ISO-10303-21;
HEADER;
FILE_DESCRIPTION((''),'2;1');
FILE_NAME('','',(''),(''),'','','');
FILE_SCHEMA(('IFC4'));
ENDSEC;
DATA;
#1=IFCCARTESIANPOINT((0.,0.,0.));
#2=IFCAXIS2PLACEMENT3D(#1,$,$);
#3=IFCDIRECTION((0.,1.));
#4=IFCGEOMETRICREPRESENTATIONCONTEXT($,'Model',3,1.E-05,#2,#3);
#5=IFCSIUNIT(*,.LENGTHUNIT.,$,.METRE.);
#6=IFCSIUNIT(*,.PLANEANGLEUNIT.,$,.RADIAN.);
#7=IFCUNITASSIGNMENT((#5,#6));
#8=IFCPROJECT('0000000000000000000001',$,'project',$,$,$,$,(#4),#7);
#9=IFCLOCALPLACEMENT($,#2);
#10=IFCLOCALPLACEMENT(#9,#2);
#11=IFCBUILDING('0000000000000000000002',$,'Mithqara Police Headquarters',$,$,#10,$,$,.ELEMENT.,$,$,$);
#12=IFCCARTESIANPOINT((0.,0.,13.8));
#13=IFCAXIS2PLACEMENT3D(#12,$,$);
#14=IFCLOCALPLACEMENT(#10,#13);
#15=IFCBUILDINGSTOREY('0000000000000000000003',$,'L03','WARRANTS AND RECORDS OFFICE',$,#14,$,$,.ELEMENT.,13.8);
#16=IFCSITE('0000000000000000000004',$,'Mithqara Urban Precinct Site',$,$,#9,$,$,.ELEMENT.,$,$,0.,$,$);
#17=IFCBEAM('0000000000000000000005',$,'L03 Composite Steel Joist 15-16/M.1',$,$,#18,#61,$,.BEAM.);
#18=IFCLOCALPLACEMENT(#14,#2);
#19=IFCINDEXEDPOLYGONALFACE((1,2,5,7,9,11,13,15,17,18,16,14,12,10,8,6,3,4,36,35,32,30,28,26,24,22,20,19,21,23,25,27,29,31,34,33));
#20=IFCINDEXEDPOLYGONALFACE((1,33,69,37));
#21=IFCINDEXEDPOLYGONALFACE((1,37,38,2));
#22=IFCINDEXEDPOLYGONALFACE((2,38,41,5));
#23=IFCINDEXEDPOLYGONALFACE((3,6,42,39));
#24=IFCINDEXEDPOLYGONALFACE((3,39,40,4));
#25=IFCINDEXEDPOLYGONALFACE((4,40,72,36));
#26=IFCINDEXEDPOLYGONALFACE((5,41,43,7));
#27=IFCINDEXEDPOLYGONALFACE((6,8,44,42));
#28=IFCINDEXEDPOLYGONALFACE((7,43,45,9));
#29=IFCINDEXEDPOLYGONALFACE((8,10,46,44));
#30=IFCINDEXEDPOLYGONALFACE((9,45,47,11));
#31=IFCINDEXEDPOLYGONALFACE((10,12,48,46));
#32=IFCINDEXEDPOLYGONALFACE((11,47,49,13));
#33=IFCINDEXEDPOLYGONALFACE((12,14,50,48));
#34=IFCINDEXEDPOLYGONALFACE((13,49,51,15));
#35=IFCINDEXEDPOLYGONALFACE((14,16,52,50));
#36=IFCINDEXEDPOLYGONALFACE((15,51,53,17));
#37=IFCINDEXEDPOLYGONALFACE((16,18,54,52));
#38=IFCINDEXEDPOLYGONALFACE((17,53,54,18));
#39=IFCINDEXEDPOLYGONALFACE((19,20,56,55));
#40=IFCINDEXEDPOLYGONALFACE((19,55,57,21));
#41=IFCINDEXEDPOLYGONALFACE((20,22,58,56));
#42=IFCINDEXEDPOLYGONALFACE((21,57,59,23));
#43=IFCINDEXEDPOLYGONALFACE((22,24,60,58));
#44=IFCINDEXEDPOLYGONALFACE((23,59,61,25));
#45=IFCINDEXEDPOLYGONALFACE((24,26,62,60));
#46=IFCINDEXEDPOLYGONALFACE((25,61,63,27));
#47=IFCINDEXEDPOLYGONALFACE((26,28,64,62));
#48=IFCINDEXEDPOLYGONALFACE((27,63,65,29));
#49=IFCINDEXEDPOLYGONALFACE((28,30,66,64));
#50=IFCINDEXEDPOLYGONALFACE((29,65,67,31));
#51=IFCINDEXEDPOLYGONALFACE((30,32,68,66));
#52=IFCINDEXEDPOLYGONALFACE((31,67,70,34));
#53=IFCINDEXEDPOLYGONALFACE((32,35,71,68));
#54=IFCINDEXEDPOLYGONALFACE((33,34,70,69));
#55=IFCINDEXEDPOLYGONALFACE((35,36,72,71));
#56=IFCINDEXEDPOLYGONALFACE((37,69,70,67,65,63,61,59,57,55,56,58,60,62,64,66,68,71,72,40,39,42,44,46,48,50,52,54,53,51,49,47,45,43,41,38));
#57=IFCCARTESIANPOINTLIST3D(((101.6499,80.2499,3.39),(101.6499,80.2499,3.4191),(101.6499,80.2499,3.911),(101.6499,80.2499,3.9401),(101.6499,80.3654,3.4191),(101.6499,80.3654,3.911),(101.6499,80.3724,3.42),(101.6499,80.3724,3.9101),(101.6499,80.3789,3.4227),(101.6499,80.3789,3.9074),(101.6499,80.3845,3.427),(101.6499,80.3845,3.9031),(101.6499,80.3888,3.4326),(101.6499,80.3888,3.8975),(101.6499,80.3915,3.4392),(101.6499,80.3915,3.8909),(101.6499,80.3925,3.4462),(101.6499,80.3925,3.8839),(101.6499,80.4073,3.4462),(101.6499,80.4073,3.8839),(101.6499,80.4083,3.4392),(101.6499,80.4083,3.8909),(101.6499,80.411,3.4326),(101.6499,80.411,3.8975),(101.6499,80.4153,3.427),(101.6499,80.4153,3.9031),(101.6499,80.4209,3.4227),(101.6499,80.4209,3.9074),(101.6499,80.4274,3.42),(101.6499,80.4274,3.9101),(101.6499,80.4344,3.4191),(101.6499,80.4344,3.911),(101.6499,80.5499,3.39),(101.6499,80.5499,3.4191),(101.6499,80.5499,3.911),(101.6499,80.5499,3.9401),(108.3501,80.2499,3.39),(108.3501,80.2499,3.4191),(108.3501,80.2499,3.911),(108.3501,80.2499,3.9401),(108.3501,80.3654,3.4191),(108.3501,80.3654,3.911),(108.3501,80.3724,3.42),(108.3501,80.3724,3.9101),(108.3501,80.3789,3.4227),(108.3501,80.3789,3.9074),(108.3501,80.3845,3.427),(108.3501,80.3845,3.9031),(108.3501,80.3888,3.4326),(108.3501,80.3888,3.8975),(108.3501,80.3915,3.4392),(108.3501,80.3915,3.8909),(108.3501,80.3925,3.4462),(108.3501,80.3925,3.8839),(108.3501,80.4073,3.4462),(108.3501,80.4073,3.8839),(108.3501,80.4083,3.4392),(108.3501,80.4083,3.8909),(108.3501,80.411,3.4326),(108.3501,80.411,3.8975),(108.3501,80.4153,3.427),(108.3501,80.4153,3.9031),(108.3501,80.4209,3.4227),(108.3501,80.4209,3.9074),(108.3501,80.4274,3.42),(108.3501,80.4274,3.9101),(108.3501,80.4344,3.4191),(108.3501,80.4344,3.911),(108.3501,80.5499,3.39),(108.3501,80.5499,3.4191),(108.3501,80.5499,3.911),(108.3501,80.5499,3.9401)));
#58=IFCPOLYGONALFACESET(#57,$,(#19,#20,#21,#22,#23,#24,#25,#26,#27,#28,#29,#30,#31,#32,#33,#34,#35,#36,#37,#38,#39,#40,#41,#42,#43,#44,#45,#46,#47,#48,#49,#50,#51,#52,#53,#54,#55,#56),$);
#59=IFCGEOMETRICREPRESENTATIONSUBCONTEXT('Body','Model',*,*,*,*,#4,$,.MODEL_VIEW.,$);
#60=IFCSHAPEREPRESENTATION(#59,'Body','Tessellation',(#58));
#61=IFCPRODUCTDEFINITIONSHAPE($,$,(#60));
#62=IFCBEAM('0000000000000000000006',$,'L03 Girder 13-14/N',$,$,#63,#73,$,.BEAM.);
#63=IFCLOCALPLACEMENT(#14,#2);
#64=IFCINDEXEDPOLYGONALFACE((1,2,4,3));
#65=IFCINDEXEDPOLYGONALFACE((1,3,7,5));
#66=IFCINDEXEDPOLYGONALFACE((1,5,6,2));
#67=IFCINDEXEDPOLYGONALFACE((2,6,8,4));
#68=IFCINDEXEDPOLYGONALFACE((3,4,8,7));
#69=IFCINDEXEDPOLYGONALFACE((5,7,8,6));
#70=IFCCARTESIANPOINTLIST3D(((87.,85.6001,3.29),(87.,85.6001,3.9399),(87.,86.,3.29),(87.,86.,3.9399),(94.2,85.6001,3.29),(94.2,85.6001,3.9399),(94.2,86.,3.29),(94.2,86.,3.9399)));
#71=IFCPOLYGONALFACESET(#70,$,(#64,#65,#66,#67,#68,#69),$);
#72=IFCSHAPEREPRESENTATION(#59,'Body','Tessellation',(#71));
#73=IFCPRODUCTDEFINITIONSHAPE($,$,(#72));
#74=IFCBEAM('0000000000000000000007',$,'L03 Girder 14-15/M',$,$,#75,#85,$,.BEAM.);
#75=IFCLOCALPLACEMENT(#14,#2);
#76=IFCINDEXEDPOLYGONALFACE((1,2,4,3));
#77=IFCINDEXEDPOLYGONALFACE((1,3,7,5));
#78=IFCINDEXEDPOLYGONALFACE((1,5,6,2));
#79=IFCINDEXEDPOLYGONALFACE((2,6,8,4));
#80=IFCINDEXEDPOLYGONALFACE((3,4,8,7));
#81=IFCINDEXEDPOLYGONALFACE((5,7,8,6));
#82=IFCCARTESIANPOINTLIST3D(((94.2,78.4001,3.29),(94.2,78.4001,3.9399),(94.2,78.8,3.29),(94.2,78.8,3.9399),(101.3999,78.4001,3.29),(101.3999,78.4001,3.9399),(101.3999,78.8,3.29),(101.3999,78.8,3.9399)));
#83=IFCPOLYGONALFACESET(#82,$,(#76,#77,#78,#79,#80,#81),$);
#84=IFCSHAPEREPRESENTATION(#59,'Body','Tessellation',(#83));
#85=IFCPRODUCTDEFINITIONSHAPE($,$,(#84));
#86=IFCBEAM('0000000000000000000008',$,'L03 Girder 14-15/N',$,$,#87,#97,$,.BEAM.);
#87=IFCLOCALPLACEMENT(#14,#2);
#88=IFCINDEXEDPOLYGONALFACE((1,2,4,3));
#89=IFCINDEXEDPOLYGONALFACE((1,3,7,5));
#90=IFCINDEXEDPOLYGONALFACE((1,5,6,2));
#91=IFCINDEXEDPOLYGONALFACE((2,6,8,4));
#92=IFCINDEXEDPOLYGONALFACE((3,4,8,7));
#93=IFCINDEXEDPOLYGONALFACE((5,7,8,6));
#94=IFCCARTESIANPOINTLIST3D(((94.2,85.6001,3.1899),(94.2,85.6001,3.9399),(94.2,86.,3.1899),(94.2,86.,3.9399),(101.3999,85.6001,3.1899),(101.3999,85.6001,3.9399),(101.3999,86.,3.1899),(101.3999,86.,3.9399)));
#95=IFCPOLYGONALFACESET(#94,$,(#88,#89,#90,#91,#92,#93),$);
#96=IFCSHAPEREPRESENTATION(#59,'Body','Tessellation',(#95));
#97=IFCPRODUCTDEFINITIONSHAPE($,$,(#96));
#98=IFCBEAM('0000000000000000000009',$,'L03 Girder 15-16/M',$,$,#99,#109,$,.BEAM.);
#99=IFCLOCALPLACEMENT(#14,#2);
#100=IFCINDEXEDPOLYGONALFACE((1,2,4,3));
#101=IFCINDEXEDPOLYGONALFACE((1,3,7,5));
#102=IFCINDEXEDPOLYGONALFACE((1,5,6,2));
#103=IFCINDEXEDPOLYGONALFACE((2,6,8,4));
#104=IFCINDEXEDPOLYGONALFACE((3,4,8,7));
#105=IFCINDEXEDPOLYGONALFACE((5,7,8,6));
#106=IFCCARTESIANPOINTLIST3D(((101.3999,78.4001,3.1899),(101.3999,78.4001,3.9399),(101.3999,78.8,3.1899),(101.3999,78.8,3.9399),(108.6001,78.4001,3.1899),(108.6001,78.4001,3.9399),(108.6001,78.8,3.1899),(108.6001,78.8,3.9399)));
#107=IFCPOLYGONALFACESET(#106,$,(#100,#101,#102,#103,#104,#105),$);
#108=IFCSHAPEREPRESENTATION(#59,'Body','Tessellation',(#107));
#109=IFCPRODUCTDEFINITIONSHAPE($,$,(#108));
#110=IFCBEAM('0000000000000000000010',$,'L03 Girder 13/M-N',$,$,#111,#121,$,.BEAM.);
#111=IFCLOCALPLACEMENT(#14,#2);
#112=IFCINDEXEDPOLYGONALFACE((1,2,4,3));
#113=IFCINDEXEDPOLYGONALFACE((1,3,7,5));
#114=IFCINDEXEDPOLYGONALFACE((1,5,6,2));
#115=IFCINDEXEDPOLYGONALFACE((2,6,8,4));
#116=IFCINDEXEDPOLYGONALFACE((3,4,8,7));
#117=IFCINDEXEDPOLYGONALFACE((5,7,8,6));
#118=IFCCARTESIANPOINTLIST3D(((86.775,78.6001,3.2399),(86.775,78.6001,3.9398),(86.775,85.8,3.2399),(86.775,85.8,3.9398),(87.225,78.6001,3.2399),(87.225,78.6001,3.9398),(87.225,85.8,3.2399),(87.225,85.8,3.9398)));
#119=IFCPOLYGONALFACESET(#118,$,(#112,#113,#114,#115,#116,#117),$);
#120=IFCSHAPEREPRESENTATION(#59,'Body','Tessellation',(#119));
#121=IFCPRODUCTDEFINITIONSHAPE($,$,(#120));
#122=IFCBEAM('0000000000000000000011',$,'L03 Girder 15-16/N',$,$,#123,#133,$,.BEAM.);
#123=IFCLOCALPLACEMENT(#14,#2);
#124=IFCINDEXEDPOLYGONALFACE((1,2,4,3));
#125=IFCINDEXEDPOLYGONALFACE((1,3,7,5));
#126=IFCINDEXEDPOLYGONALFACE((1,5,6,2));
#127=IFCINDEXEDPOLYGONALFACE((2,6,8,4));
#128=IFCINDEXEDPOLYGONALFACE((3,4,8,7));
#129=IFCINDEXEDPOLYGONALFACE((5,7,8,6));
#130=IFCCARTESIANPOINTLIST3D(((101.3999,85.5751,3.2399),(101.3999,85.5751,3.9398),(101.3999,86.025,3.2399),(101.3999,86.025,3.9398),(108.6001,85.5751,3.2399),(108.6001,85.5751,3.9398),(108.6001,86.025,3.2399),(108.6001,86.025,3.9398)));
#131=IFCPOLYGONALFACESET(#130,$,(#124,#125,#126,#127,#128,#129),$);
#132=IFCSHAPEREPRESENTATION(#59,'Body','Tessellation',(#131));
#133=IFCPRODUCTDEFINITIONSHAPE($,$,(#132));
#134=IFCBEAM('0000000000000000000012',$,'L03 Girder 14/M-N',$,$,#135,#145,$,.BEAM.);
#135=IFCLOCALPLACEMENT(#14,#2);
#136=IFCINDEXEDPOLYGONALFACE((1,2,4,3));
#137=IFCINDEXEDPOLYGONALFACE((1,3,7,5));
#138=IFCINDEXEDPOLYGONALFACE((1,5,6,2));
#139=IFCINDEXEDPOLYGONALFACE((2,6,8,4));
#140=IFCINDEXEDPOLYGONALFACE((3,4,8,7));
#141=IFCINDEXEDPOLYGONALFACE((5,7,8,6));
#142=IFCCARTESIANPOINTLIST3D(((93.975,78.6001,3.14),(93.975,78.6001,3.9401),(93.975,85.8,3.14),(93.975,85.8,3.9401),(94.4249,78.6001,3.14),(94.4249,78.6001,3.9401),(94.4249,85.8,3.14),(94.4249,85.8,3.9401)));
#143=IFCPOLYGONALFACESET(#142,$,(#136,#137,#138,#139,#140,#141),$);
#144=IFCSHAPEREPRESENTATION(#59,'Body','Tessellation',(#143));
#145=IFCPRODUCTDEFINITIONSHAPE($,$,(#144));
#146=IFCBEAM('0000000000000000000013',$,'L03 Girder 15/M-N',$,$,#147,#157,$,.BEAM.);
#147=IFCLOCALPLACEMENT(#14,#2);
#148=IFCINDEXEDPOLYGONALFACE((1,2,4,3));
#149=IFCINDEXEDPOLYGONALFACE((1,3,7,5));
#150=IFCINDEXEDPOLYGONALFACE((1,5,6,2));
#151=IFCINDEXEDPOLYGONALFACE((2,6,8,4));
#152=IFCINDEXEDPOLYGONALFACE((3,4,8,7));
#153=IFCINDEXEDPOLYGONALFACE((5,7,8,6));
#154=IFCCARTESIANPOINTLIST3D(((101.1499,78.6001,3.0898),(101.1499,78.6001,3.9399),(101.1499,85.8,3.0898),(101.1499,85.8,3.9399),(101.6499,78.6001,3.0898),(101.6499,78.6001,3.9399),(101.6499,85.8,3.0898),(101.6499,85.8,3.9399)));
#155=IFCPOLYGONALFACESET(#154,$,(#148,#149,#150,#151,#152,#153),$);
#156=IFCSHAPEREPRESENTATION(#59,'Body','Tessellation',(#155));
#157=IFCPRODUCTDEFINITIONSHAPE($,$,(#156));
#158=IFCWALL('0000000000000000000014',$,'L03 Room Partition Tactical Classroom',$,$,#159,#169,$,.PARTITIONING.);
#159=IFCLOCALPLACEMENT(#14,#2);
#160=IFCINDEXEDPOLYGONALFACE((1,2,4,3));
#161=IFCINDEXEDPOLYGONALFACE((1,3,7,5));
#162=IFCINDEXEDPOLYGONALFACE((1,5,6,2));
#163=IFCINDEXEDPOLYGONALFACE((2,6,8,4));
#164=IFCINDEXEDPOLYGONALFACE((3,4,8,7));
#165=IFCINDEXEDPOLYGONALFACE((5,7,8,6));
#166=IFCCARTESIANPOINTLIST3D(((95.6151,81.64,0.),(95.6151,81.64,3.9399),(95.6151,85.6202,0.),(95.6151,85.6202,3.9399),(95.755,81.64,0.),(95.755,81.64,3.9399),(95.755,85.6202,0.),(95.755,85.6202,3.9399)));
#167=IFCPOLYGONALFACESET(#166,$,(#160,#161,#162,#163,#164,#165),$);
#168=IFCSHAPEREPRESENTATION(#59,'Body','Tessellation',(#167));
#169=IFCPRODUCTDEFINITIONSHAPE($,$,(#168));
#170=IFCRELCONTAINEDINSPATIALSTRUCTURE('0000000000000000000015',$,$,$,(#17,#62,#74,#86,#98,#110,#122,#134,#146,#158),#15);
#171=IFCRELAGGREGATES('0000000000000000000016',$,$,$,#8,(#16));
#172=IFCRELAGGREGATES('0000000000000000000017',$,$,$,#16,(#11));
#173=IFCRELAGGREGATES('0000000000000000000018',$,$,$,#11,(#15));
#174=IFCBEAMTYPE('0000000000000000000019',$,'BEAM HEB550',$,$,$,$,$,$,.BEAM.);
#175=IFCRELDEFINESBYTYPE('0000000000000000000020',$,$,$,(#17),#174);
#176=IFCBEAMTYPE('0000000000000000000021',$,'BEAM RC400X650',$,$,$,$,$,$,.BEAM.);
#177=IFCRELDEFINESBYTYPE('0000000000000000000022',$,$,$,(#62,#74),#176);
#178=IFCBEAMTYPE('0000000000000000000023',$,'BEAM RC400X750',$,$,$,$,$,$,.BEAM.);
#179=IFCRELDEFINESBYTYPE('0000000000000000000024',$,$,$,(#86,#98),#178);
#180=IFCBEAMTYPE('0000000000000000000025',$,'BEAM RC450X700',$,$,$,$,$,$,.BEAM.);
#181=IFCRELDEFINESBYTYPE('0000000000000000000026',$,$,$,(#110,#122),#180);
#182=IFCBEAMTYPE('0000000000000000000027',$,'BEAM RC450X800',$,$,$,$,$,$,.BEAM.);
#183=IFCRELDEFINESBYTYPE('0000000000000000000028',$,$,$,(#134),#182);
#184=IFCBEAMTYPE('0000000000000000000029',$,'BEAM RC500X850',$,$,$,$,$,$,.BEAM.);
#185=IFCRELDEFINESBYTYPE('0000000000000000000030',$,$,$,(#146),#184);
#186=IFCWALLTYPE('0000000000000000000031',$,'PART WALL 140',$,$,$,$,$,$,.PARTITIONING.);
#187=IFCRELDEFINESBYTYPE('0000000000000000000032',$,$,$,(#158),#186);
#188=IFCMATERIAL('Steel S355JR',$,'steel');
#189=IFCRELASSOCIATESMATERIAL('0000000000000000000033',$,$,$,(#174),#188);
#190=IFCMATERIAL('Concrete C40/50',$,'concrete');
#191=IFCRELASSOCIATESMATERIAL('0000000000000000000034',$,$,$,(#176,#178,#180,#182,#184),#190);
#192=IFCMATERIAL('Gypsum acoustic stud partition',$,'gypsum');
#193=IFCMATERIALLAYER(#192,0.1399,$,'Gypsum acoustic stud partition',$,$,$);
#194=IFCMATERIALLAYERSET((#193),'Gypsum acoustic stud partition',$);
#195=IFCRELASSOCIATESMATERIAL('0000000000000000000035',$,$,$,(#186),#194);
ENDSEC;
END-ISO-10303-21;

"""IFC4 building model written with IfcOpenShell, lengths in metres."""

from ifc_helpers import new_model, si_unit, direction, frame, frame_2d, origin, origin_2d, place, context, subcontext, project, spatial, rectangle, i_section, extrude, material, layer, layer_set, material_profile, profile_set, type_object, element, save


model = new_model("IFC4")

# Units and contexts
model_context = context("Model", 3, precision=1e-05, world=origin(), true_north=direction((0.0, 1.0)))
body_context = subcontext(model_context, "Body", "Model", "MODEL_VIEW")
ifc_project = project(units=[si_unit("LENGTHUNIT", "METRE"), si_unit("PLANEANGLEUNIT", "RADIAN")], contexts=[model_context])

# Site, building, storey
site_placement = place(None, origin())
site = spatial("IfcSite", under=ifc_project, at=site_placement, Name="Mithqara Urban Precinct Site", CompositionType="ELEMENT", RefElevation=0.0)
building_placement = place(site_placement, origin())
building = spatial("IfcBuilding", under=site, at=building_placement, Name="Mithqara Police Headquarters", CompositionType="ELEMENT")
storey_placement = place(building_placement, frame((0.0, 0.0, 13.8)))
storey = spatial("IfcBuildingStorey", under=building, at=storey_placement, Name="L03", Description="WARRANTS AND RECORDS OFFICE", CompositionType="ELEMENT", Elevation=13.8)

# Beams
ifc_material_1 = material(Name="Steel S355JR", Category="steel")
ifc_material_profile_1 = material_profile(ifc_material_1, i_section(OverallWidth=0.3, OverallDepth=0.55, WebThickness=0.0149, FlangeThickness=0.0291, FilletRadius=0.0271, at=origin_2d()), Name="HEB 550")
ifc_profile_set_1 = profile_set([ifc_material_profile_1], Name="Steel S355JR")
beam_type_1 = type_object("IfcBeamType", Name="BEAM HEB550", PredefinedType="BEAM", material=ifc_profile_set_1)
beam_1_placement = place(storey_placement, frame((101.6499, 80.3999, 3.665), z_axis=(1.0, 0.0, 0.0), x_axis=(0.0, 1.0, 0.0)))
element("IfcBeam", 1, at=beam_1_placement, inside=storey, type_object=beam_type_1, Name="L03 Composite Steel Joist 15-16/M.1", PredefinedType="BEAM", context=body_context, shape_type="SweptSolid", body=[
    extrude(i_section(OverallWidth=0.3, OverallDepth=0.55, WebThickness=0.0149, FlangeThickness=0.0291, FilletRadius=0.0271, at=origin_2d()), origin(), (0.0, 0.0, 1.0), 6.7002),
])
ifc_material_2 = material(Name="Concrete C40/50", Category="concrete")
ifc_material_profile_2 = material_profile(ifc_material_2, rectangle(XDim=0.3999, YDim=0.6499, at=origin_2d()), Name="RC 400x650")
ifc_profile_set_2 = profile_set([ifc_material_profile_2], Name="Concrete C40/50")
beam_type_2 = type_object("IfcBeamType", Name="BEAM RC400X650", PredefinedType="BEAM", material=ifc_profile_set_2)
for number, where, z_axis, x_axis, name in (
    (2, (87.0, 85.8, 3.615), (1.0, 0.0, 0.0), (0.0, 1.0, 0.0), "L03 Girder 13-14/N"),
    (3, (94.2, 78.6001, 3.615), (1.0, 0.0, 0.0), (0.0, 1.0, 0.0), "L03 Girder 14-15/M"),
):
    element("IfcBeam", number, at=place(storey_placement, frame(where, z_axis=z_axis, x_axis=x_axis)), inside=storey, type_object=beam_type_2, Name=name, PredefinedType="BEAM", context=body_context, shape_type="SweptSolid", body=[
        extrude(rectangle(XDim=0.3999, YDim=0.6499, at=origin_2d()), origin(), (0.0, 0.0, 1.0), 7.2),
    ])
ifc_material_profile_3 = material_profile(ifc_material_2, rectangle(XDim=0.3999, YDim=0.75, at=origin_2d()), Name="RC 400x750")
ifc_profile_set_3 = profile_set([ifc_material_profile_3], Name="Concrete C40/50")
beam_type_3 = type_object("IfcBeamType", Name="BEAM RC400X750", PredefinedType="BEAM", material=ifc_profile_set_3)
beam_2_placement = place(storey_placement, frame((94.2, 85.8, 3.5649), z_axis=(1.0, 0.0, 0.0), x_axis=(0.0, 1.0, 0.0)))
element("IfcBeam", 4, at=beam_2_placement, inside=storey, type_object=beam_type_3, Name="L03 Girder 14-15/N", PredefinedType="BEAM", context=body_context, shape_type="SweptSolid", body=[
    extrude(rectangle(XDim=0.3999, YDim=0.75, at=origin_2d()), origin(), (0.0, 0.0, 1.0), 7.2),
])
beam_3_placement = place(storey_placement, frame((101.3999, 78.6001, 3.5649), z_axis=(1.0, 0.0, 0.0), x_axis=(0.0, 1.0, 0.0)))
element("IfcBeam", 5, at=beam_3_placement, inside=storey, type_object=beam_type_3, Name="L03 Girder 15-16/M", PredefinedType="BEAM", context=body_context, shape_type="SweptSolid", body=[
    extrude(rectangle(XDim=0.3999, YDim=0.75, at=origin_2d()), origin(), (0.0, 0.0, 1.0), 7.2002),
])
ifc_material_profile_4 = material_profile(ifc_material_2, rectangle(XDim=0.45, YDim=0.7, at=origin_2d()), Name="RC 450x700")
ifc_profile_set_4 = profile_set([ifc_material_profile_4], Name="Concrete C40/50")
beam_type_4 = type_object("IfcBeamType", Name="BEAM RC450X700", PredefinedType="BEAM", material=ifc_profile_set_4)
beam_4_placement = place(storey_placement, frame((87.0, 78.6001, 3.5898), z_axis=(0.0, 1.0, 0.0), x_axis=(-1.0, 0.0, 0.0)))
element("IfcBeam", 6, at=beam_4_placement, inside=storey, type_object=beam_type_4, Name="L03 Girder 13/M-N", PredefinedType="BEAM", context=body_context, shape_type="SweptSolid", body=[
    extrude(rectangle(XDim=0.45, YDim=0.7, at=origin_2d()), origin(), (0.0, 0.0, 1.0), 7.2),
])
beam_5_placement = place(storey_placement, frame((101.3999, 85.8, 3.5898), z_axis=(1.0, 0.0, 0.0), x_axis=(0.0, 1.0, 0.0)))
element("IfcBeam", 7, at=beam_5_placement, inside=storey, type_object=beam_type_4, Name="L03 Girder 15-16/N", PredefinedType="BEAM", context=body_context, shape_type="SweptSolid", body=[
    extrude(rectangle(XDim=0.45, YDim=0.7, at=origin_2d()), origin(), (0.0, 0.0, 1.0), 7.2002),
])
ifc_material_profile_5 = material_profile(ifc_material_2, rectangle(XDim=0.45, YDim=0.8, at=origin_2d()), Name="RC 450x800")
ifc_profile_set_5 = profile_set([ifc_material_profile_5], Name="Concrete C40/50")
beam_type_5 = type_object("IfcBeamType", Name="BEAM RC450X800", PredefinedType="BEAM", material=ifc_profile_set_5)
beam_6_placement = place(storey_placement, frame((94.2, 78.6001, 3.54), z_axis=(0.0, 1.0, 0.0), x_axis=(-1.0, 0.0, 0.0)))
element("IfcBeam", 8, at=beam_6_placement, inside=storey, type_object=beam_type_5, Name="L03 Girder 14/M-N", PredefinedType="BEAM", context=body_context, shape_type="SweptSolid", body=[
    extrude(rectangle(XDim=0.45, YDim=0.8, at=origin_2d()), origin(), (0.0, 0.0, 1.0), 7.2),
])
ifc_material_profile_6 = material_profile(ifc_material_2, rectangle(XDim=0.5, YDim=0.8501, at=origin_2d()), Name="RC 500x850")
ifc_profile_set_6 = profile_set([ifc_material_profile_6], Name="Concrete C40/50")
beam_type_6 = type_object("IfcBeamType", Name="BEAM RC500X850", PredefinedType="BEAM", material=ifc_profile_set_6)
beam_7_placement = place(storey_placement, frame((101.3999, 78.6001, 3.5149), z_axis=(0.0, 1.0, 0.0), x_axis=(-1.0, 0.0, 0.0)))
element("IfcBeam", 9, at=beam_7_placement, inside=storey, type_object=beam_type_6, Name="L03 Girder 15/M-N", PredefinedType="BEAM", context=body_context, shape_type="SweptSolid", body=[
    extrude(rectangle(XDim=0.5, YDim=0.8501, at=origin_2d()), origin(), (0.0, 0.0, 1.0), 7.2),
])

# Wall
ifc_material_3 = material(Name="Gypsum acoustic stud partition", Category="gypsum")
ifc_layer_1 = layer(ifc_material_3, 0.1399, Name="Gypsum acoustic stud partition")
ifc_layer_set_1 = layer_set([ifc_layer_1], Name="Gypsum acoustic stud partition")
wall_type = type_object("IfcWallType", Name="PART WALL 140", PredefinedType="PARTITIONING", material=ifc_layer_set_1)
wall_1_placement = place(storey_placement, frame((95.6851, 81.6399, 0.0), z_axis=(0.0, 0.0, 1.0), x_axis=(0.0, 1.0, 0.0)))
element("IfcWall", 10, at=wall_1_placement, inside=storey, type_object=wall_type, Name="L03 Room Partition Tactical Classroom", PredefinedType="PARTITIONING", context=body_context, shape_type="SweptSolid", body=[
    extrude(rectangle(XDim=3.9802, YDim=0.1399, at=frame_2d((1.9902, 0.0))), origin(), (0.0, 0.0, 1.0), 3.9399),
])

save(model, "model.ifc")
